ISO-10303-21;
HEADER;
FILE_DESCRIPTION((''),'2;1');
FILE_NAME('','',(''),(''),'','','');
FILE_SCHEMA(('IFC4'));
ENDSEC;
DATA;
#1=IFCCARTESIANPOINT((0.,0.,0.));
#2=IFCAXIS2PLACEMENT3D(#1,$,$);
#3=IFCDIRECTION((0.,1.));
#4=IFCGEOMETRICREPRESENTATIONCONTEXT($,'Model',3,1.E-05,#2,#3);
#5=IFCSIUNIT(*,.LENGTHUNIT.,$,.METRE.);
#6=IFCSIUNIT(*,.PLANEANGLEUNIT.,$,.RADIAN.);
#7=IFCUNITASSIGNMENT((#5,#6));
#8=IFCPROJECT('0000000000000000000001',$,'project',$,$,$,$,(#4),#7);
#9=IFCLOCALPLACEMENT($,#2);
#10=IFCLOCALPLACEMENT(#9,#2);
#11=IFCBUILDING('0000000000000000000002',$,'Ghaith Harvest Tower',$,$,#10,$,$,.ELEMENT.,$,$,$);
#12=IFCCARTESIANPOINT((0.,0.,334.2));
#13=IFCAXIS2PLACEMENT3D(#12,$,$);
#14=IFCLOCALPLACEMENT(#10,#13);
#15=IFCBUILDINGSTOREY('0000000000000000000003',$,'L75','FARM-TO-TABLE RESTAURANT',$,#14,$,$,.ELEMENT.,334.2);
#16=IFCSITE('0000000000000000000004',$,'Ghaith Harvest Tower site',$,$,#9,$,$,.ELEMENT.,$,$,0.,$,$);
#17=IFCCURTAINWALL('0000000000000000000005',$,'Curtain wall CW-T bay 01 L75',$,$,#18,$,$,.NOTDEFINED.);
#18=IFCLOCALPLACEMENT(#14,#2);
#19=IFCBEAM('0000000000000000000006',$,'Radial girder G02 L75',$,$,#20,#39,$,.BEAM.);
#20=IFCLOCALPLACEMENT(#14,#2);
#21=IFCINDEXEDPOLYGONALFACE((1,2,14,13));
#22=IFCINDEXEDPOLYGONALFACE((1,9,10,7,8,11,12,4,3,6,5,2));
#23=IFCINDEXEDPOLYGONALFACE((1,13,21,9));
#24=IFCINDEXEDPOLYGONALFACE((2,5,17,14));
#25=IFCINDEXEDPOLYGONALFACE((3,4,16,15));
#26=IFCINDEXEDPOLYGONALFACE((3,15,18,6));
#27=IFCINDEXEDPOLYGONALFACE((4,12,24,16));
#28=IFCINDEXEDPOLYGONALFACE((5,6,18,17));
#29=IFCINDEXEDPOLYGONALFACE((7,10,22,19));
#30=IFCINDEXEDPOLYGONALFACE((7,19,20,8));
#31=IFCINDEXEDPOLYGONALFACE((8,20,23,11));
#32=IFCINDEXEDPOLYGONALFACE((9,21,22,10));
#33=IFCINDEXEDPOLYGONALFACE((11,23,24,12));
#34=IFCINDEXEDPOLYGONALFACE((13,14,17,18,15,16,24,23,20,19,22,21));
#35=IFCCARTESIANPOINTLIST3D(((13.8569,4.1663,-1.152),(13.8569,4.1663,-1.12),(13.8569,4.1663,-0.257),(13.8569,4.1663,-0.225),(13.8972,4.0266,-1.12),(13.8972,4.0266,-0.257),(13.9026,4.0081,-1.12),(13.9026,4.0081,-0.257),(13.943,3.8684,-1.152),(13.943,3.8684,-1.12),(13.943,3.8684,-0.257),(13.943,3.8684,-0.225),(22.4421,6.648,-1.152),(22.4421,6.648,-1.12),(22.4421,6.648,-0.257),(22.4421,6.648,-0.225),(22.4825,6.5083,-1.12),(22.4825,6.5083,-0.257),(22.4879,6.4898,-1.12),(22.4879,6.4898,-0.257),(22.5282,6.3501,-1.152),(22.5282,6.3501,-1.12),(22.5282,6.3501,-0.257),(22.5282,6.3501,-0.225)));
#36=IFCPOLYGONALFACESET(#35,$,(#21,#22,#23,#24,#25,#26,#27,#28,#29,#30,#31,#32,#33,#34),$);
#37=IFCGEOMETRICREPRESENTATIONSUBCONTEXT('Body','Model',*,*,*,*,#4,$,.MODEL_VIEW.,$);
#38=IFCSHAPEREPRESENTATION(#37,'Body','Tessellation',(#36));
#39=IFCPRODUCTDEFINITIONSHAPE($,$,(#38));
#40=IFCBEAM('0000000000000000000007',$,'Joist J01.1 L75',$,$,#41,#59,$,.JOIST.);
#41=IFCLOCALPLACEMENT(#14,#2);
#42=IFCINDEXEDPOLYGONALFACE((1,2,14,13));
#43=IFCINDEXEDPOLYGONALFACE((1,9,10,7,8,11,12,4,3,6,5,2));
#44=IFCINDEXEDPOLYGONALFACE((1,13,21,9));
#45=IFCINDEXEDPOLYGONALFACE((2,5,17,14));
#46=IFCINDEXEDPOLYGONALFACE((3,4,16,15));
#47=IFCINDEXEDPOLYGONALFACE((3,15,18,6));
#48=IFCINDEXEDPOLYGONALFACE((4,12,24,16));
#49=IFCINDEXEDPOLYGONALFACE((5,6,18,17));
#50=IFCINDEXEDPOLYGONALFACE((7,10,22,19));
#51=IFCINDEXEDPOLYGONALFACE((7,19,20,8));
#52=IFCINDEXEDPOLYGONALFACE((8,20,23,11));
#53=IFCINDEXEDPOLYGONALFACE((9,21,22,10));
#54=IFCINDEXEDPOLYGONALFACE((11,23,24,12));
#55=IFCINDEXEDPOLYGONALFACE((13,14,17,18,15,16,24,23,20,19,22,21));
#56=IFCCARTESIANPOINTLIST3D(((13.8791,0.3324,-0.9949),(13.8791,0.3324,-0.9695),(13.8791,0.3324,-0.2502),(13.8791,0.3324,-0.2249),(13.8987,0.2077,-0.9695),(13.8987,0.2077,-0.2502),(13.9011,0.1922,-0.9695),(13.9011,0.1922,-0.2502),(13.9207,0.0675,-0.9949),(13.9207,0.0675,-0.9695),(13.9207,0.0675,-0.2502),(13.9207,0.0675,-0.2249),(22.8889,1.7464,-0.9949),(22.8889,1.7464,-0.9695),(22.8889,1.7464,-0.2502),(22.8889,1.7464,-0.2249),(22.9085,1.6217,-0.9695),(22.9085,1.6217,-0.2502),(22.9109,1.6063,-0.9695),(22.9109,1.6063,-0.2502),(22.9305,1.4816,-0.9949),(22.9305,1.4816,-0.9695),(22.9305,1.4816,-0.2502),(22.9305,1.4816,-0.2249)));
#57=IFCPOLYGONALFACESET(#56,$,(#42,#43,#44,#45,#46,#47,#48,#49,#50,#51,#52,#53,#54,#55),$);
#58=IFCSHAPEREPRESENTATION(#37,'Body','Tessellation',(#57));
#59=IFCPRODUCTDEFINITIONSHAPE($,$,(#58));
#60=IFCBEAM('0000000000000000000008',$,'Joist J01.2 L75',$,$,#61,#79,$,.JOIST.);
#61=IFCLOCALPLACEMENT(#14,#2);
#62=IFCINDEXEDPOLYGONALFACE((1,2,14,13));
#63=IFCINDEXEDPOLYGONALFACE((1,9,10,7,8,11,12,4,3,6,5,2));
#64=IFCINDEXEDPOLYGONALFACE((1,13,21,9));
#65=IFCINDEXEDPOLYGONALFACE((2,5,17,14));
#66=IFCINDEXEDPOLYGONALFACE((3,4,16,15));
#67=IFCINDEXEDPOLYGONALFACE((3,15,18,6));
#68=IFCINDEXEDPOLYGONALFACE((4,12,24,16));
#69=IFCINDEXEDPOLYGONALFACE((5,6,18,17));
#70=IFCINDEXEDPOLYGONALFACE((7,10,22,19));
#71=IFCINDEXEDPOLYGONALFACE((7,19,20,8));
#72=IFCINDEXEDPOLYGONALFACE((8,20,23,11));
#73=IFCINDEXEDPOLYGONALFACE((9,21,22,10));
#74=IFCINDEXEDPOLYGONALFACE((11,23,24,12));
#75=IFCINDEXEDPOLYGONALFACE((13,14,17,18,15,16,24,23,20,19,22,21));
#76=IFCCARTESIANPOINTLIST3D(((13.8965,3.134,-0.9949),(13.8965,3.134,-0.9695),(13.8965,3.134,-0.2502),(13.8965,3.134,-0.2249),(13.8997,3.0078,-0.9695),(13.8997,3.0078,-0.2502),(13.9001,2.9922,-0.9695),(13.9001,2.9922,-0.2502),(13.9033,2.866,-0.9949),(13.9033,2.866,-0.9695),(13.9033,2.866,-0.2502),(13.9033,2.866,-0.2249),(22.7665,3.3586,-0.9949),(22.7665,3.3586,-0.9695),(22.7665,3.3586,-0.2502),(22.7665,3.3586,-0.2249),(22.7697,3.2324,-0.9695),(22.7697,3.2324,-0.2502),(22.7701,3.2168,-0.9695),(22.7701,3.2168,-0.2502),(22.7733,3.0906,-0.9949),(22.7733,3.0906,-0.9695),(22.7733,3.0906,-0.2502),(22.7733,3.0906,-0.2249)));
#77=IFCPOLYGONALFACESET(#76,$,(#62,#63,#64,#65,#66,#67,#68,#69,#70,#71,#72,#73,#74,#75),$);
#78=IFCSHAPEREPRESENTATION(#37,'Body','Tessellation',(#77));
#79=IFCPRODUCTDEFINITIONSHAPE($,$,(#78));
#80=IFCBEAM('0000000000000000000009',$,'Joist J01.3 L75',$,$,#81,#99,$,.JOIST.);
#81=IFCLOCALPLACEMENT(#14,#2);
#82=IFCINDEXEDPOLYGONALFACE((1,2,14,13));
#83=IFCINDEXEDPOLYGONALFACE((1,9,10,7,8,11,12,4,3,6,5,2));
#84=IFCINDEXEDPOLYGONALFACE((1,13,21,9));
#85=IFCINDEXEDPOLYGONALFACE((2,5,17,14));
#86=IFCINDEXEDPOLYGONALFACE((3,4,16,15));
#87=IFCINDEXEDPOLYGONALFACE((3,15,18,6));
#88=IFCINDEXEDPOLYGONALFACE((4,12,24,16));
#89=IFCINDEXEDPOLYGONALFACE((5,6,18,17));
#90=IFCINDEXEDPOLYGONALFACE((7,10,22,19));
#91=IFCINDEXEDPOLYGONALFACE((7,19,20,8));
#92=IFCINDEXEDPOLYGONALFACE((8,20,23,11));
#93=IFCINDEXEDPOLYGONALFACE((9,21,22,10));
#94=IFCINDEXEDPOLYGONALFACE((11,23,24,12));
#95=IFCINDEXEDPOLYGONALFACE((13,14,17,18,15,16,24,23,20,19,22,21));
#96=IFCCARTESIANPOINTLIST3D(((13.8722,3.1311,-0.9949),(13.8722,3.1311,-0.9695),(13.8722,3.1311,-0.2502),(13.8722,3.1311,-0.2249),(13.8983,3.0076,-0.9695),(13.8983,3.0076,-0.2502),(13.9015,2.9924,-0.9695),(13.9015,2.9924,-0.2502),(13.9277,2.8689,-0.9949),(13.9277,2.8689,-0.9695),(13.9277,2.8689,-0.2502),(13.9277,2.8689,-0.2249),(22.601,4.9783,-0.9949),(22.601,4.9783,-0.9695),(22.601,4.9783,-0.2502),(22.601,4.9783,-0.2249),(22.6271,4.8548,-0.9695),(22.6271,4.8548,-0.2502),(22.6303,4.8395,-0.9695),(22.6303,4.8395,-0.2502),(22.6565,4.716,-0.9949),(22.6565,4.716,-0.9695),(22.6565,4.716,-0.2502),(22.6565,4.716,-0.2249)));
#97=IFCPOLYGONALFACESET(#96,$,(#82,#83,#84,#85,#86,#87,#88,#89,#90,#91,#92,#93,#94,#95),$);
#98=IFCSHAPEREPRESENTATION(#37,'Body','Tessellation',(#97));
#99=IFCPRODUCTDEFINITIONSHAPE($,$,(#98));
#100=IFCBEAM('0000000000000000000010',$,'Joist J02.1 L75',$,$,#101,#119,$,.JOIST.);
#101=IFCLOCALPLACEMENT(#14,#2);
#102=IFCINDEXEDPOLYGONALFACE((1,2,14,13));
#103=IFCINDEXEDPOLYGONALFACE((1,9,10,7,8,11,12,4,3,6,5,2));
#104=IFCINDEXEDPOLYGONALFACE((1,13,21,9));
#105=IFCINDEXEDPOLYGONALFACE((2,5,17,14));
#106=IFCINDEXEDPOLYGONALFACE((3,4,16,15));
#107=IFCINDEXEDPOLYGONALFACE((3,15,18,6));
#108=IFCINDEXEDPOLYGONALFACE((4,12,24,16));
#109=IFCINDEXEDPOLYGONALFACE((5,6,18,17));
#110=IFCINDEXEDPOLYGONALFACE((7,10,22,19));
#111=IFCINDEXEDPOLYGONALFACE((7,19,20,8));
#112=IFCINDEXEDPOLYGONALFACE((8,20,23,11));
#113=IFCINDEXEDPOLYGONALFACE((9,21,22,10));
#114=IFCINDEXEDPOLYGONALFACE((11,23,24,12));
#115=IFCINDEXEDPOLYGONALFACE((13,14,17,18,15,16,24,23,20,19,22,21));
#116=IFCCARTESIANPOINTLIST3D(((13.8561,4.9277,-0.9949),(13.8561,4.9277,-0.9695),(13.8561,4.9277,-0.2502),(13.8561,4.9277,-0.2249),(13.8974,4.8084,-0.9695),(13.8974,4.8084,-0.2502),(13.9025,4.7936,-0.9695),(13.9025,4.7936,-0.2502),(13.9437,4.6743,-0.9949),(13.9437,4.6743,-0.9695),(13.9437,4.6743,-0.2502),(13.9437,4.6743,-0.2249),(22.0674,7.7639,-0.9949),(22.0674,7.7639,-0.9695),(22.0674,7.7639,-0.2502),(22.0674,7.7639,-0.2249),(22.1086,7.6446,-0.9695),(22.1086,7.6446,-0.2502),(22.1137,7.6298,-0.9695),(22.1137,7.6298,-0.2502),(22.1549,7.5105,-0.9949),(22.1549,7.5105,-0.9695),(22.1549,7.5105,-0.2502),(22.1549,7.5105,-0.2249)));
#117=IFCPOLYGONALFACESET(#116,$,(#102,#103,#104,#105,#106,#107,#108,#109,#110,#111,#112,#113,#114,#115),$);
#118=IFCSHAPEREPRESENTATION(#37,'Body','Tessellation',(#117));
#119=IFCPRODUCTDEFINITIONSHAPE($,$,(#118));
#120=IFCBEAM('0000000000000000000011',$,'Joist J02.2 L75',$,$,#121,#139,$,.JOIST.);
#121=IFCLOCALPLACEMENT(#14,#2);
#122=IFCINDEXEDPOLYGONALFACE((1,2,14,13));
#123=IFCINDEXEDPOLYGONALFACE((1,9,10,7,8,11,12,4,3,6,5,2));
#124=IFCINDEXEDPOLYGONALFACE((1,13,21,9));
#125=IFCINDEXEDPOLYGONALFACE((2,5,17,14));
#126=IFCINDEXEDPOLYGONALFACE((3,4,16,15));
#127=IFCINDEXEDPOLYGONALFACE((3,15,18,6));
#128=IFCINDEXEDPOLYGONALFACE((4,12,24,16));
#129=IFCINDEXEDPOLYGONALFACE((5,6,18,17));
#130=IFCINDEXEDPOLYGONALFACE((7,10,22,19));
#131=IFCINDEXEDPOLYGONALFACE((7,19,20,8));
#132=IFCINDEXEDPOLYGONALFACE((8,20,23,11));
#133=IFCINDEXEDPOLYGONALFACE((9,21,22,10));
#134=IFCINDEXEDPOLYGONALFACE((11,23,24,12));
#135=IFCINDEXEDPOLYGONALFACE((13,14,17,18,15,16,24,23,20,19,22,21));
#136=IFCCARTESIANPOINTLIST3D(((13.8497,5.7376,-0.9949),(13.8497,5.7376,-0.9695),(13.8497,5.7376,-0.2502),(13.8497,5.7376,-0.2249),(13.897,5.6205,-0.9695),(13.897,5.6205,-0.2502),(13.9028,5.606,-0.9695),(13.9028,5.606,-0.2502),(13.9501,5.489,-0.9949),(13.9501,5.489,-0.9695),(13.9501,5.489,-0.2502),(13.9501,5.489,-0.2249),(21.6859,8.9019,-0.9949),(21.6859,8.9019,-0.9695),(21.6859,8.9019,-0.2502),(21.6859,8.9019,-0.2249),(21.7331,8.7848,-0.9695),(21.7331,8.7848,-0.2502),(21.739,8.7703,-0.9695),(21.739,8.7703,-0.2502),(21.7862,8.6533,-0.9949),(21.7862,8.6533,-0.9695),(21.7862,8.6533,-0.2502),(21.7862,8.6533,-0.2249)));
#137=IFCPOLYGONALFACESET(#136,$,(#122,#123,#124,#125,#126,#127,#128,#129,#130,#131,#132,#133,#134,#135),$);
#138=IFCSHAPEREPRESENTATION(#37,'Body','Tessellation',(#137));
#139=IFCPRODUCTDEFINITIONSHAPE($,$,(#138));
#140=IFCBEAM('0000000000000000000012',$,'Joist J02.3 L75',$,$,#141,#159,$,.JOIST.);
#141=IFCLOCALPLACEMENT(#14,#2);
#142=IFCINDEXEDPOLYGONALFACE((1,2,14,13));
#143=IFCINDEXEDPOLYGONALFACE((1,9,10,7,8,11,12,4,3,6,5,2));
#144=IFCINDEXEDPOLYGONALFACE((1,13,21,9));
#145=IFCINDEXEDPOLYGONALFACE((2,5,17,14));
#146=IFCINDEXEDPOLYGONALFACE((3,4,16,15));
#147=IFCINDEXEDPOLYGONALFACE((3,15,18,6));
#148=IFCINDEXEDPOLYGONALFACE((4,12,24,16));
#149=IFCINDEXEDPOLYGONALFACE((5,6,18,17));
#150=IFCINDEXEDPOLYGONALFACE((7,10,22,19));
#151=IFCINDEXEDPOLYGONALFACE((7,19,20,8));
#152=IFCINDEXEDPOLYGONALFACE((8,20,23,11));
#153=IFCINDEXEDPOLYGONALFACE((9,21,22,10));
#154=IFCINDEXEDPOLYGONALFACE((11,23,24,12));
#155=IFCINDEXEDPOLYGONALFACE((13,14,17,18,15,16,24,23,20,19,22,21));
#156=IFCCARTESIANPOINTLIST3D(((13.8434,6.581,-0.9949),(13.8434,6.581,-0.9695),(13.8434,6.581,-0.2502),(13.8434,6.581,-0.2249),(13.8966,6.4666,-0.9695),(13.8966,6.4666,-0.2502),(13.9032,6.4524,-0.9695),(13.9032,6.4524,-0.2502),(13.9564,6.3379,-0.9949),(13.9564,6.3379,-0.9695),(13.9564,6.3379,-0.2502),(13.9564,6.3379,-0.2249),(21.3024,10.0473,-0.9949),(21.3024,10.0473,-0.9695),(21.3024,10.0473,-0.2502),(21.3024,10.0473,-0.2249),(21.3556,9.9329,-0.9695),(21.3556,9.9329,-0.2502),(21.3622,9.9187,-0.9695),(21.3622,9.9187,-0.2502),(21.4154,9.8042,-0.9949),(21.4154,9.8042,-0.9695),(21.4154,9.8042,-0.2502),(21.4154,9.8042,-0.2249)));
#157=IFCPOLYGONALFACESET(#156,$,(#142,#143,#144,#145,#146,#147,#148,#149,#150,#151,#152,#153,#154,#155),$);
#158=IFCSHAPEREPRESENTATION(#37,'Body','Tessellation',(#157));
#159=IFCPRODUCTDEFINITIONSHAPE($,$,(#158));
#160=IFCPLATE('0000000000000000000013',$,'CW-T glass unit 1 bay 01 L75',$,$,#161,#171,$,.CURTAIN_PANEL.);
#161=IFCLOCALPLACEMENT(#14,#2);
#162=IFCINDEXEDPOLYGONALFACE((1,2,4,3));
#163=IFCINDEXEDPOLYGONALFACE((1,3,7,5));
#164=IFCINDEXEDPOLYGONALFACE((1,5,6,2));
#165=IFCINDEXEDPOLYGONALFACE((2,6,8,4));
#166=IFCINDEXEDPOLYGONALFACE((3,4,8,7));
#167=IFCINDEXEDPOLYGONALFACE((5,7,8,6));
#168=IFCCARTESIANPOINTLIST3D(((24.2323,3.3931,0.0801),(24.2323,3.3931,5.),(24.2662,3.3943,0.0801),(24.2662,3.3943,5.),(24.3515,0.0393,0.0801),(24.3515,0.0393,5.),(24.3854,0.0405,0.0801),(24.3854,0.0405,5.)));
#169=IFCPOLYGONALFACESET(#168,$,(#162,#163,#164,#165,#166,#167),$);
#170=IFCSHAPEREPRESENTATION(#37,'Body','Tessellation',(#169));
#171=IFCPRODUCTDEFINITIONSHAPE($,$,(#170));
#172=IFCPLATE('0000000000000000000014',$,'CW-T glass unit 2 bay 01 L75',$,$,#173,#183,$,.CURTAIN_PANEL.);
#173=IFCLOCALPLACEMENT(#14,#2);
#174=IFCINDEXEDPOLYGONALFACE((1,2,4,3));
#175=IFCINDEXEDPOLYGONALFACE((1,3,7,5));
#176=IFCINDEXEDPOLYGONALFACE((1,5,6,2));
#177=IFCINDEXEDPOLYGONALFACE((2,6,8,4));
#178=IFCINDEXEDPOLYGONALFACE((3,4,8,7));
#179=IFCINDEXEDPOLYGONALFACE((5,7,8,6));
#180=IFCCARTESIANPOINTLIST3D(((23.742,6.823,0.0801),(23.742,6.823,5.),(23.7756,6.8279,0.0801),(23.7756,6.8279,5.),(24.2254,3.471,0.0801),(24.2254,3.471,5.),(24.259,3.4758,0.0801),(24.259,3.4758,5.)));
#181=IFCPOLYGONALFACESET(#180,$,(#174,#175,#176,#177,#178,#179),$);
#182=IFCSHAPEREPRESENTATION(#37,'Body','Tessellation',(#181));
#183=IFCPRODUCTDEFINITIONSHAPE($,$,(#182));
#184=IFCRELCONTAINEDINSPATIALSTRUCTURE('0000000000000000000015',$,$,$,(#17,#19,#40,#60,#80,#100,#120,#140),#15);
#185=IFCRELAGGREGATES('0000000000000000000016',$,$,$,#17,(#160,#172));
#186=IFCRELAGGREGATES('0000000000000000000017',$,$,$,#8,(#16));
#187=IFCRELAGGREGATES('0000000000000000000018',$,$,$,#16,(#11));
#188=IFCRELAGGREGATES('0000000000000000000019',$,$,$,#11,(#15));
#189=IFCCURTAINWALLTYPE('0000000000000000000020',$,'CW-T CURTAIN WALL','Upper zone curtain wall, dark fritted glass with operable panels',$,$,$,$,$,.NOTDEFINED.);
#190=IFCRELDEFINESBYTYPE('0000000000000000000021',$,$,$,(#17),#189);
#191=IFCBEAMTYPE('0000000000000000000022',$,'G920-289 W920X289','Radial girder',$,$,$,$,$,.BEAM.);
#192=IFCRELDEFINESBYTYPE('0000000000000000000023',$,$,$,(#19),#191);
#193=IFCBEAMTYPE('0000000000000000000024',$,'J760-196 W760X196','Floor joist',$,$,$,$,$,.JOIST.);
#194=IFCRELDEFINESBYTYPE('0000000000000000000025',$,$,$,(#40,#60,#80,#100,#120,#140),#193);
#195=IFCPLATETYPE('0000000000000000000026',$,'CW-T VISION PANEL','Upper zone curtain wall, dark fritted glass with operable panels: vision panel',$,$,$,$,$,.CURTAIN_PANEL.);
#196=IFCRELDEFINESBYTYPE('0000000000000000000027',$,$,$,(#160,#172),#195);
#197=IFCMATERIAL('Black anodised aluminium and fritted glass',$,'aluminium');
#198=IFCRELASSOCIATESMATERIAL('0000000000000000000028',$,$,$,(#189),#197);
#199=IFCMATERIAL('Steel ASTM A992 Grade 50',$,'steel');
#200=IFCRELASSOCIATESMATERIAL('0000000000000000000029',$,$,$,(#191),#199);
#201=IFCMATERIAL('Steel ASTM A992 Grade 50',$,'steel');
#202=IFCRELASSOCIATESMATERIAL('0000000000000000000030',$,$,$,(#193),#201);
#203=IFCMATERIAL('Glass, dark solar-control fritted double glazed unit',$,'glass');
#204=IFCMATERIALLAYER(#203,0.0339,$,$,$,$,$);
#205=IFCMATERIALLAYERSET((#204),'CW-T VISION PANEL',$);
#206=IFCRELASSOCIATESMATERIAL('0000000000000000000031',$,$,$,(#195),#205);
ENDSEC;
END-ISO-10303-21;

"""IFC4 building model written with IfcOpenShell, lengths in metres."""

from ifc_helpers import new_model, si_unit, direction, frame, origin, origin_2d, place, context, subcontext, project, spatial, rectangle, i_section, extrude, material, layer, layer_set, material_profile, profile_set, type_object, element, aggregate, save


model = new_model("IFC4")

# Units and contexts
model_context = context("Model", 3, precision=1e-05, world=origin(), true_north=direction((0.0, 1.0)))
body_context = subcontext(model_context, "Body", "Model", "MODEL_VIEW")
ifc_project = project(units=[si_unit("LENGTHUNIT", "METRE"), si_unit("PLANEANGLEUNIT", "RADIAN")], contexts=[model_context])

# Site, building, storey
site_placement = place(None, origin())
site = spatial("IfcSite", under=ifc_project, at=site_placement, Name="Ghaith Harvest Tower site", CompositionType="ELEMENT", RefElevation=0.0)
building_placement = place(site_placement, origin())
building = spatial("IfcBuilding", under=site, at=building_placement, Name="Ghaith Harvest Tower", CompositionType="ELEMENT")
storey_placement = place(building_placement, frame((0.0, 0.0, 334.2)))
storey = spatial("IfcBuildingStorey", under=building, at=storey_placement, Name="L75", Description="FARM-TO-TABLE RESTAURANT", CompositionType="ELEMENT", Elevation=334.2)

# Curtain wall
ifc_material_1 = material(Name="Black anodised aluminium and fritted glass", Category="aluminium")
curtain_wall_type = type_object("IfcCurtainWallType", Name="CW-T CURTAIN WALL", Description="Upper zone curtain wall, dark fritted glass with operable panels", PredefinedType="NOTDEFINED", material=ifc_material_1)
curtain_wall_1_placement = place(storey_placement, origin())
curtain_wall_1 = element("IfcCurtainWall", 1, at=curtain_wall_1_placement, inside=storey, type_object=curtain_wall_type, Name="Curtain wall CW-T bay 01 L75", PredefinedType="NOTDEFINED")

# Beams
ifc_material_2 = material(Name="Steel ASTM A992 Grade 50", Category="steel")
ifc_material_profile_1 = material_profile(ifc_material_2, i_section(OverallWidth=0.3101, OverallDepth=0.927, WebThickness=0.0193, FlangeThickness=0.032, at=origin_2d()), Name="W920X289")
ifc_profile_set_1 = profile_set([ifc_material_profile_1], Name="Steel ASTM A992 Grade 50")
beam_type_1 = type_object("IfcBeamType", Name="G920-289 W920X289", Description="Radial girder", PredefinedType="BEAM", material=ifc_profile_set_1)
beam_1_placement = place(storey_placement, frame((13.8999, 4.0173, -0.6885), z_axis=(0.960669, 0.277697, 0.0), x_axis=(-0.277697, 0.960669, 0.0)))
element("IfcBeam", 2, at=beam_1_placement, inside=storey, type_object=beam_type_1, Name="Radial girder G02 L75", PredefinedType="BEAM", context=body_context, shape_type="SweptSolid", body=[
    extrude(i_section(OverallWidth=0.3101, OverallDepth=0.927, WebThickness=0.0193, FlangeThickness=0.032, at=origin_2d()), origin(), (0.0, 0.0, 1.0), 8.9368),
])
ifc_material_3 = material(Name="Steel ASTM A992 Grade 50", Category="steel")
ifc_material_profile_2 = material_profile(ifc_material_3, i_section(OverallWidth=0.2681, OverallDepth=0.77, WebThickness=0.0156, FlangeThickness=0.0254, at=origin_2d()), Name="W760X196")
ifc_profile_set_2 = profile_set([ifc_material_profile_2], Name="Steel ASTM A992 Grade 50")
beam_type_2 = type_object("IfcBeamType", Name="J760-196 W760X196", Description="Floor joist", PredefinedType="JOIST", material=ifc_profile_set_2)
beam_2_placement = place(storey_placement, frame((13.8999, 0.2, -0.6099), z_axis=(0.987907, 0.15505, 0.0), x_axis=(-0.15505, 0.987907, 0.0)))
element("IfcBeam", 3, at=beam_2_placement, inside=storey, type_object=beam_type_2, Name="Joist J01.1 L75", PredefinedType="JOIST", context=body_context, shape_type="SweptSolid", body=[
    extrude(i_section(OverallWidth=0.2681, OverallDepth=0.77, WebThickness=0.0156, FlangeThickness=0.0254, at=origin_2d()), origin(), (0.0, 0.0, 1.0), 9.1201),
])
beam_3_placement = place(storey_placement, frame((13.8999, 3.0, -0.6099), z_axis=(0.99968, 0.025315, 0.0), x_axis=(-0.025315, 0.99968, 0.0)))
element("IfcBeam", 4, at=beam_3_placement, inside=storey, type_object=beam_type_2, Name="Joist J01.2 L75", PredefinedType="JOIST", context=body_context, shape_type="SweptSolid", body=[
    extrude(i_section(OverallWidth=0.2681, OverallDepth=0.77, WebThickness=0.0156, FlangeThickness=0.0254, at=origin_2d()), origin(), (0.0, 0.0, 1.0), 8.8728),
])
beam_4_placement = place(storey_placement, frame((13.8999, 3.0, -0.6099), z_axis=(0.978334, 0.207034, 0.0), x_axis=(-0.207034, 0.978334, 0.0)))
element("IfcBeam", 5, at=beam_4_placement, inside=storey, type_object=beam_type_2, Name="Joist J01.3 L75", PredefinedType="JOIST", context=body_context, shape_type="SweptSolid", body=[
    extrude(i_section(OverallWidth=0.2681, OverallDepth=0.77, WebThickness=0.0156, FlangeThickness=0.0254, at=origin_2d()), origin(), (0.0, 0.0, 1.0), 8.9221),
])
beam_5_placement = place(storey_placement, frame((13.8999, 4.801, -0.6099), z_axis=(0.945205, 0.326478, 0.0), x_axis=(-0.326478, 0.945205, 0.0)))
element("IfcBeam", 6, at=beam_5_placement, inside=storey, type_object=beam_type_2, Name="Joist J02.1 L75", PredefinedType="JOIST", context=body_context, shape_type="SweptSolid", body=[
    extrude(i_section(OverallWidth=0.2681, OverallDepth=0.77, WebThickness=0.0156, FlangeThickness=0.0254, at=origin_2d()), origin(), (0.0, 0.0, 1.0), 8.6873),
])
beam_6_placement = place(storey_placement, frame((13.8999, 5.6133, -0.6099), z_axis=(0.927254, 0.374432, 0.0), x_axis=(-0.374432, 0.927254, 0.0)))
element("IfcBeam", 7, at=beam_6_placement, inside=storey, type_object=beam_type_2, Name="Joist J02.2 L75", PredefinedType="JOIST", context=body_context, shape_type="SweptSolid", body=[
    extrude(i_section(OverallWidth=0.2681, OverallDepth=0.77, WebThickness=0.0156, FlangeThickness=0.0254, at=origin_2d()), origin(), (0.0, 0.0, 1.0), 8.4509),
])
beam_7_placement = place(storey_placement, frame((13.8999, 6.4595, -0.6099), z_axis=(0.90686, 0.421432, 0.0), x_axis=(-0.421432, 0.90686, 0.0)))
element("IfcBeam", 8, at=beam_7_placement, inside=storey, type_object=beam_type_2, Name="Joist J02.3 L75", PredefinedType="JOIST", context=body_context, shape_type="SweptSolid", body=[
    extrude(i_section(OverallWidth=0.2681, OverallDepth=0.77, WebThickness=0.0156, FlangeThickness=0.0254, at=origin_2d()), origin(), (0.0, 0.0, 1.0), 8.2251),
])

# Plates
ifc_material_4 = material(Name="Glass, dark solar-control fritted double glazed unit", Category="glass")
ifc_layer_1 = layer(ifc_material_4, 0.0339)
ifc_layer_set_1 = layer_set([ifc_layer_1], Name="CW-T VISION PANEL")
plate_type_1 = type_object("IfcPlateType", Name="CW-T VISION PANEL", Description="Upper zone curtain wall, dark fritted glass with operable panels: vision panel", PredefinedType="CURTAIN_PANEL", material=ifc_layer_set_1)
plate_1_placement = place(storey_placement, frame((24.3088, 1.7168, 0.0801), z_axis=(0.0, 0.0, 1.0), x_axis=(-0.035536, 0.999368, 0.0)))
plate_1 = element("IfcPlate", 9, at=plate_1_placement, type_object=plate_type_1, Name="CW-T glass unit 1 bay 01 L75", PredefinedType="CURTAIN_PANEL", context=body_context, shape_type="SweptSolid", body=[
    extrude(rectangle(XDim=3.356, YDim=0.0339, at=origin_2d()), origin(), (0.0, 0.0, 1.0), 4.9199),
])
plate_2_placement = place(storey_placement, frame((24.0005, 5.1494, 0.0801), z_axis=(0.0, 0.0, 1.0), x_axis=(-0.14273, 0.989762, 0.0)))
plate_2 = element("IfcPlate", 10, at=plate_2_placement, type_object=plate_type_1, Name="CW-T glass unit 2 bay 01 L75", PredefinedType="CURTAIN_PANEL", context=body_context, shape_type="SweptSolid", body=[
    extrude(rectangle(XDim=3.3867, YDim=0.0339, at=origin_2d()), origin(), (0.0, 0.0, 1.0), 4.9199),
])
aggregate(curtain_wall_1, [plate_1, plate_2])

save(model, "model.ifc")
